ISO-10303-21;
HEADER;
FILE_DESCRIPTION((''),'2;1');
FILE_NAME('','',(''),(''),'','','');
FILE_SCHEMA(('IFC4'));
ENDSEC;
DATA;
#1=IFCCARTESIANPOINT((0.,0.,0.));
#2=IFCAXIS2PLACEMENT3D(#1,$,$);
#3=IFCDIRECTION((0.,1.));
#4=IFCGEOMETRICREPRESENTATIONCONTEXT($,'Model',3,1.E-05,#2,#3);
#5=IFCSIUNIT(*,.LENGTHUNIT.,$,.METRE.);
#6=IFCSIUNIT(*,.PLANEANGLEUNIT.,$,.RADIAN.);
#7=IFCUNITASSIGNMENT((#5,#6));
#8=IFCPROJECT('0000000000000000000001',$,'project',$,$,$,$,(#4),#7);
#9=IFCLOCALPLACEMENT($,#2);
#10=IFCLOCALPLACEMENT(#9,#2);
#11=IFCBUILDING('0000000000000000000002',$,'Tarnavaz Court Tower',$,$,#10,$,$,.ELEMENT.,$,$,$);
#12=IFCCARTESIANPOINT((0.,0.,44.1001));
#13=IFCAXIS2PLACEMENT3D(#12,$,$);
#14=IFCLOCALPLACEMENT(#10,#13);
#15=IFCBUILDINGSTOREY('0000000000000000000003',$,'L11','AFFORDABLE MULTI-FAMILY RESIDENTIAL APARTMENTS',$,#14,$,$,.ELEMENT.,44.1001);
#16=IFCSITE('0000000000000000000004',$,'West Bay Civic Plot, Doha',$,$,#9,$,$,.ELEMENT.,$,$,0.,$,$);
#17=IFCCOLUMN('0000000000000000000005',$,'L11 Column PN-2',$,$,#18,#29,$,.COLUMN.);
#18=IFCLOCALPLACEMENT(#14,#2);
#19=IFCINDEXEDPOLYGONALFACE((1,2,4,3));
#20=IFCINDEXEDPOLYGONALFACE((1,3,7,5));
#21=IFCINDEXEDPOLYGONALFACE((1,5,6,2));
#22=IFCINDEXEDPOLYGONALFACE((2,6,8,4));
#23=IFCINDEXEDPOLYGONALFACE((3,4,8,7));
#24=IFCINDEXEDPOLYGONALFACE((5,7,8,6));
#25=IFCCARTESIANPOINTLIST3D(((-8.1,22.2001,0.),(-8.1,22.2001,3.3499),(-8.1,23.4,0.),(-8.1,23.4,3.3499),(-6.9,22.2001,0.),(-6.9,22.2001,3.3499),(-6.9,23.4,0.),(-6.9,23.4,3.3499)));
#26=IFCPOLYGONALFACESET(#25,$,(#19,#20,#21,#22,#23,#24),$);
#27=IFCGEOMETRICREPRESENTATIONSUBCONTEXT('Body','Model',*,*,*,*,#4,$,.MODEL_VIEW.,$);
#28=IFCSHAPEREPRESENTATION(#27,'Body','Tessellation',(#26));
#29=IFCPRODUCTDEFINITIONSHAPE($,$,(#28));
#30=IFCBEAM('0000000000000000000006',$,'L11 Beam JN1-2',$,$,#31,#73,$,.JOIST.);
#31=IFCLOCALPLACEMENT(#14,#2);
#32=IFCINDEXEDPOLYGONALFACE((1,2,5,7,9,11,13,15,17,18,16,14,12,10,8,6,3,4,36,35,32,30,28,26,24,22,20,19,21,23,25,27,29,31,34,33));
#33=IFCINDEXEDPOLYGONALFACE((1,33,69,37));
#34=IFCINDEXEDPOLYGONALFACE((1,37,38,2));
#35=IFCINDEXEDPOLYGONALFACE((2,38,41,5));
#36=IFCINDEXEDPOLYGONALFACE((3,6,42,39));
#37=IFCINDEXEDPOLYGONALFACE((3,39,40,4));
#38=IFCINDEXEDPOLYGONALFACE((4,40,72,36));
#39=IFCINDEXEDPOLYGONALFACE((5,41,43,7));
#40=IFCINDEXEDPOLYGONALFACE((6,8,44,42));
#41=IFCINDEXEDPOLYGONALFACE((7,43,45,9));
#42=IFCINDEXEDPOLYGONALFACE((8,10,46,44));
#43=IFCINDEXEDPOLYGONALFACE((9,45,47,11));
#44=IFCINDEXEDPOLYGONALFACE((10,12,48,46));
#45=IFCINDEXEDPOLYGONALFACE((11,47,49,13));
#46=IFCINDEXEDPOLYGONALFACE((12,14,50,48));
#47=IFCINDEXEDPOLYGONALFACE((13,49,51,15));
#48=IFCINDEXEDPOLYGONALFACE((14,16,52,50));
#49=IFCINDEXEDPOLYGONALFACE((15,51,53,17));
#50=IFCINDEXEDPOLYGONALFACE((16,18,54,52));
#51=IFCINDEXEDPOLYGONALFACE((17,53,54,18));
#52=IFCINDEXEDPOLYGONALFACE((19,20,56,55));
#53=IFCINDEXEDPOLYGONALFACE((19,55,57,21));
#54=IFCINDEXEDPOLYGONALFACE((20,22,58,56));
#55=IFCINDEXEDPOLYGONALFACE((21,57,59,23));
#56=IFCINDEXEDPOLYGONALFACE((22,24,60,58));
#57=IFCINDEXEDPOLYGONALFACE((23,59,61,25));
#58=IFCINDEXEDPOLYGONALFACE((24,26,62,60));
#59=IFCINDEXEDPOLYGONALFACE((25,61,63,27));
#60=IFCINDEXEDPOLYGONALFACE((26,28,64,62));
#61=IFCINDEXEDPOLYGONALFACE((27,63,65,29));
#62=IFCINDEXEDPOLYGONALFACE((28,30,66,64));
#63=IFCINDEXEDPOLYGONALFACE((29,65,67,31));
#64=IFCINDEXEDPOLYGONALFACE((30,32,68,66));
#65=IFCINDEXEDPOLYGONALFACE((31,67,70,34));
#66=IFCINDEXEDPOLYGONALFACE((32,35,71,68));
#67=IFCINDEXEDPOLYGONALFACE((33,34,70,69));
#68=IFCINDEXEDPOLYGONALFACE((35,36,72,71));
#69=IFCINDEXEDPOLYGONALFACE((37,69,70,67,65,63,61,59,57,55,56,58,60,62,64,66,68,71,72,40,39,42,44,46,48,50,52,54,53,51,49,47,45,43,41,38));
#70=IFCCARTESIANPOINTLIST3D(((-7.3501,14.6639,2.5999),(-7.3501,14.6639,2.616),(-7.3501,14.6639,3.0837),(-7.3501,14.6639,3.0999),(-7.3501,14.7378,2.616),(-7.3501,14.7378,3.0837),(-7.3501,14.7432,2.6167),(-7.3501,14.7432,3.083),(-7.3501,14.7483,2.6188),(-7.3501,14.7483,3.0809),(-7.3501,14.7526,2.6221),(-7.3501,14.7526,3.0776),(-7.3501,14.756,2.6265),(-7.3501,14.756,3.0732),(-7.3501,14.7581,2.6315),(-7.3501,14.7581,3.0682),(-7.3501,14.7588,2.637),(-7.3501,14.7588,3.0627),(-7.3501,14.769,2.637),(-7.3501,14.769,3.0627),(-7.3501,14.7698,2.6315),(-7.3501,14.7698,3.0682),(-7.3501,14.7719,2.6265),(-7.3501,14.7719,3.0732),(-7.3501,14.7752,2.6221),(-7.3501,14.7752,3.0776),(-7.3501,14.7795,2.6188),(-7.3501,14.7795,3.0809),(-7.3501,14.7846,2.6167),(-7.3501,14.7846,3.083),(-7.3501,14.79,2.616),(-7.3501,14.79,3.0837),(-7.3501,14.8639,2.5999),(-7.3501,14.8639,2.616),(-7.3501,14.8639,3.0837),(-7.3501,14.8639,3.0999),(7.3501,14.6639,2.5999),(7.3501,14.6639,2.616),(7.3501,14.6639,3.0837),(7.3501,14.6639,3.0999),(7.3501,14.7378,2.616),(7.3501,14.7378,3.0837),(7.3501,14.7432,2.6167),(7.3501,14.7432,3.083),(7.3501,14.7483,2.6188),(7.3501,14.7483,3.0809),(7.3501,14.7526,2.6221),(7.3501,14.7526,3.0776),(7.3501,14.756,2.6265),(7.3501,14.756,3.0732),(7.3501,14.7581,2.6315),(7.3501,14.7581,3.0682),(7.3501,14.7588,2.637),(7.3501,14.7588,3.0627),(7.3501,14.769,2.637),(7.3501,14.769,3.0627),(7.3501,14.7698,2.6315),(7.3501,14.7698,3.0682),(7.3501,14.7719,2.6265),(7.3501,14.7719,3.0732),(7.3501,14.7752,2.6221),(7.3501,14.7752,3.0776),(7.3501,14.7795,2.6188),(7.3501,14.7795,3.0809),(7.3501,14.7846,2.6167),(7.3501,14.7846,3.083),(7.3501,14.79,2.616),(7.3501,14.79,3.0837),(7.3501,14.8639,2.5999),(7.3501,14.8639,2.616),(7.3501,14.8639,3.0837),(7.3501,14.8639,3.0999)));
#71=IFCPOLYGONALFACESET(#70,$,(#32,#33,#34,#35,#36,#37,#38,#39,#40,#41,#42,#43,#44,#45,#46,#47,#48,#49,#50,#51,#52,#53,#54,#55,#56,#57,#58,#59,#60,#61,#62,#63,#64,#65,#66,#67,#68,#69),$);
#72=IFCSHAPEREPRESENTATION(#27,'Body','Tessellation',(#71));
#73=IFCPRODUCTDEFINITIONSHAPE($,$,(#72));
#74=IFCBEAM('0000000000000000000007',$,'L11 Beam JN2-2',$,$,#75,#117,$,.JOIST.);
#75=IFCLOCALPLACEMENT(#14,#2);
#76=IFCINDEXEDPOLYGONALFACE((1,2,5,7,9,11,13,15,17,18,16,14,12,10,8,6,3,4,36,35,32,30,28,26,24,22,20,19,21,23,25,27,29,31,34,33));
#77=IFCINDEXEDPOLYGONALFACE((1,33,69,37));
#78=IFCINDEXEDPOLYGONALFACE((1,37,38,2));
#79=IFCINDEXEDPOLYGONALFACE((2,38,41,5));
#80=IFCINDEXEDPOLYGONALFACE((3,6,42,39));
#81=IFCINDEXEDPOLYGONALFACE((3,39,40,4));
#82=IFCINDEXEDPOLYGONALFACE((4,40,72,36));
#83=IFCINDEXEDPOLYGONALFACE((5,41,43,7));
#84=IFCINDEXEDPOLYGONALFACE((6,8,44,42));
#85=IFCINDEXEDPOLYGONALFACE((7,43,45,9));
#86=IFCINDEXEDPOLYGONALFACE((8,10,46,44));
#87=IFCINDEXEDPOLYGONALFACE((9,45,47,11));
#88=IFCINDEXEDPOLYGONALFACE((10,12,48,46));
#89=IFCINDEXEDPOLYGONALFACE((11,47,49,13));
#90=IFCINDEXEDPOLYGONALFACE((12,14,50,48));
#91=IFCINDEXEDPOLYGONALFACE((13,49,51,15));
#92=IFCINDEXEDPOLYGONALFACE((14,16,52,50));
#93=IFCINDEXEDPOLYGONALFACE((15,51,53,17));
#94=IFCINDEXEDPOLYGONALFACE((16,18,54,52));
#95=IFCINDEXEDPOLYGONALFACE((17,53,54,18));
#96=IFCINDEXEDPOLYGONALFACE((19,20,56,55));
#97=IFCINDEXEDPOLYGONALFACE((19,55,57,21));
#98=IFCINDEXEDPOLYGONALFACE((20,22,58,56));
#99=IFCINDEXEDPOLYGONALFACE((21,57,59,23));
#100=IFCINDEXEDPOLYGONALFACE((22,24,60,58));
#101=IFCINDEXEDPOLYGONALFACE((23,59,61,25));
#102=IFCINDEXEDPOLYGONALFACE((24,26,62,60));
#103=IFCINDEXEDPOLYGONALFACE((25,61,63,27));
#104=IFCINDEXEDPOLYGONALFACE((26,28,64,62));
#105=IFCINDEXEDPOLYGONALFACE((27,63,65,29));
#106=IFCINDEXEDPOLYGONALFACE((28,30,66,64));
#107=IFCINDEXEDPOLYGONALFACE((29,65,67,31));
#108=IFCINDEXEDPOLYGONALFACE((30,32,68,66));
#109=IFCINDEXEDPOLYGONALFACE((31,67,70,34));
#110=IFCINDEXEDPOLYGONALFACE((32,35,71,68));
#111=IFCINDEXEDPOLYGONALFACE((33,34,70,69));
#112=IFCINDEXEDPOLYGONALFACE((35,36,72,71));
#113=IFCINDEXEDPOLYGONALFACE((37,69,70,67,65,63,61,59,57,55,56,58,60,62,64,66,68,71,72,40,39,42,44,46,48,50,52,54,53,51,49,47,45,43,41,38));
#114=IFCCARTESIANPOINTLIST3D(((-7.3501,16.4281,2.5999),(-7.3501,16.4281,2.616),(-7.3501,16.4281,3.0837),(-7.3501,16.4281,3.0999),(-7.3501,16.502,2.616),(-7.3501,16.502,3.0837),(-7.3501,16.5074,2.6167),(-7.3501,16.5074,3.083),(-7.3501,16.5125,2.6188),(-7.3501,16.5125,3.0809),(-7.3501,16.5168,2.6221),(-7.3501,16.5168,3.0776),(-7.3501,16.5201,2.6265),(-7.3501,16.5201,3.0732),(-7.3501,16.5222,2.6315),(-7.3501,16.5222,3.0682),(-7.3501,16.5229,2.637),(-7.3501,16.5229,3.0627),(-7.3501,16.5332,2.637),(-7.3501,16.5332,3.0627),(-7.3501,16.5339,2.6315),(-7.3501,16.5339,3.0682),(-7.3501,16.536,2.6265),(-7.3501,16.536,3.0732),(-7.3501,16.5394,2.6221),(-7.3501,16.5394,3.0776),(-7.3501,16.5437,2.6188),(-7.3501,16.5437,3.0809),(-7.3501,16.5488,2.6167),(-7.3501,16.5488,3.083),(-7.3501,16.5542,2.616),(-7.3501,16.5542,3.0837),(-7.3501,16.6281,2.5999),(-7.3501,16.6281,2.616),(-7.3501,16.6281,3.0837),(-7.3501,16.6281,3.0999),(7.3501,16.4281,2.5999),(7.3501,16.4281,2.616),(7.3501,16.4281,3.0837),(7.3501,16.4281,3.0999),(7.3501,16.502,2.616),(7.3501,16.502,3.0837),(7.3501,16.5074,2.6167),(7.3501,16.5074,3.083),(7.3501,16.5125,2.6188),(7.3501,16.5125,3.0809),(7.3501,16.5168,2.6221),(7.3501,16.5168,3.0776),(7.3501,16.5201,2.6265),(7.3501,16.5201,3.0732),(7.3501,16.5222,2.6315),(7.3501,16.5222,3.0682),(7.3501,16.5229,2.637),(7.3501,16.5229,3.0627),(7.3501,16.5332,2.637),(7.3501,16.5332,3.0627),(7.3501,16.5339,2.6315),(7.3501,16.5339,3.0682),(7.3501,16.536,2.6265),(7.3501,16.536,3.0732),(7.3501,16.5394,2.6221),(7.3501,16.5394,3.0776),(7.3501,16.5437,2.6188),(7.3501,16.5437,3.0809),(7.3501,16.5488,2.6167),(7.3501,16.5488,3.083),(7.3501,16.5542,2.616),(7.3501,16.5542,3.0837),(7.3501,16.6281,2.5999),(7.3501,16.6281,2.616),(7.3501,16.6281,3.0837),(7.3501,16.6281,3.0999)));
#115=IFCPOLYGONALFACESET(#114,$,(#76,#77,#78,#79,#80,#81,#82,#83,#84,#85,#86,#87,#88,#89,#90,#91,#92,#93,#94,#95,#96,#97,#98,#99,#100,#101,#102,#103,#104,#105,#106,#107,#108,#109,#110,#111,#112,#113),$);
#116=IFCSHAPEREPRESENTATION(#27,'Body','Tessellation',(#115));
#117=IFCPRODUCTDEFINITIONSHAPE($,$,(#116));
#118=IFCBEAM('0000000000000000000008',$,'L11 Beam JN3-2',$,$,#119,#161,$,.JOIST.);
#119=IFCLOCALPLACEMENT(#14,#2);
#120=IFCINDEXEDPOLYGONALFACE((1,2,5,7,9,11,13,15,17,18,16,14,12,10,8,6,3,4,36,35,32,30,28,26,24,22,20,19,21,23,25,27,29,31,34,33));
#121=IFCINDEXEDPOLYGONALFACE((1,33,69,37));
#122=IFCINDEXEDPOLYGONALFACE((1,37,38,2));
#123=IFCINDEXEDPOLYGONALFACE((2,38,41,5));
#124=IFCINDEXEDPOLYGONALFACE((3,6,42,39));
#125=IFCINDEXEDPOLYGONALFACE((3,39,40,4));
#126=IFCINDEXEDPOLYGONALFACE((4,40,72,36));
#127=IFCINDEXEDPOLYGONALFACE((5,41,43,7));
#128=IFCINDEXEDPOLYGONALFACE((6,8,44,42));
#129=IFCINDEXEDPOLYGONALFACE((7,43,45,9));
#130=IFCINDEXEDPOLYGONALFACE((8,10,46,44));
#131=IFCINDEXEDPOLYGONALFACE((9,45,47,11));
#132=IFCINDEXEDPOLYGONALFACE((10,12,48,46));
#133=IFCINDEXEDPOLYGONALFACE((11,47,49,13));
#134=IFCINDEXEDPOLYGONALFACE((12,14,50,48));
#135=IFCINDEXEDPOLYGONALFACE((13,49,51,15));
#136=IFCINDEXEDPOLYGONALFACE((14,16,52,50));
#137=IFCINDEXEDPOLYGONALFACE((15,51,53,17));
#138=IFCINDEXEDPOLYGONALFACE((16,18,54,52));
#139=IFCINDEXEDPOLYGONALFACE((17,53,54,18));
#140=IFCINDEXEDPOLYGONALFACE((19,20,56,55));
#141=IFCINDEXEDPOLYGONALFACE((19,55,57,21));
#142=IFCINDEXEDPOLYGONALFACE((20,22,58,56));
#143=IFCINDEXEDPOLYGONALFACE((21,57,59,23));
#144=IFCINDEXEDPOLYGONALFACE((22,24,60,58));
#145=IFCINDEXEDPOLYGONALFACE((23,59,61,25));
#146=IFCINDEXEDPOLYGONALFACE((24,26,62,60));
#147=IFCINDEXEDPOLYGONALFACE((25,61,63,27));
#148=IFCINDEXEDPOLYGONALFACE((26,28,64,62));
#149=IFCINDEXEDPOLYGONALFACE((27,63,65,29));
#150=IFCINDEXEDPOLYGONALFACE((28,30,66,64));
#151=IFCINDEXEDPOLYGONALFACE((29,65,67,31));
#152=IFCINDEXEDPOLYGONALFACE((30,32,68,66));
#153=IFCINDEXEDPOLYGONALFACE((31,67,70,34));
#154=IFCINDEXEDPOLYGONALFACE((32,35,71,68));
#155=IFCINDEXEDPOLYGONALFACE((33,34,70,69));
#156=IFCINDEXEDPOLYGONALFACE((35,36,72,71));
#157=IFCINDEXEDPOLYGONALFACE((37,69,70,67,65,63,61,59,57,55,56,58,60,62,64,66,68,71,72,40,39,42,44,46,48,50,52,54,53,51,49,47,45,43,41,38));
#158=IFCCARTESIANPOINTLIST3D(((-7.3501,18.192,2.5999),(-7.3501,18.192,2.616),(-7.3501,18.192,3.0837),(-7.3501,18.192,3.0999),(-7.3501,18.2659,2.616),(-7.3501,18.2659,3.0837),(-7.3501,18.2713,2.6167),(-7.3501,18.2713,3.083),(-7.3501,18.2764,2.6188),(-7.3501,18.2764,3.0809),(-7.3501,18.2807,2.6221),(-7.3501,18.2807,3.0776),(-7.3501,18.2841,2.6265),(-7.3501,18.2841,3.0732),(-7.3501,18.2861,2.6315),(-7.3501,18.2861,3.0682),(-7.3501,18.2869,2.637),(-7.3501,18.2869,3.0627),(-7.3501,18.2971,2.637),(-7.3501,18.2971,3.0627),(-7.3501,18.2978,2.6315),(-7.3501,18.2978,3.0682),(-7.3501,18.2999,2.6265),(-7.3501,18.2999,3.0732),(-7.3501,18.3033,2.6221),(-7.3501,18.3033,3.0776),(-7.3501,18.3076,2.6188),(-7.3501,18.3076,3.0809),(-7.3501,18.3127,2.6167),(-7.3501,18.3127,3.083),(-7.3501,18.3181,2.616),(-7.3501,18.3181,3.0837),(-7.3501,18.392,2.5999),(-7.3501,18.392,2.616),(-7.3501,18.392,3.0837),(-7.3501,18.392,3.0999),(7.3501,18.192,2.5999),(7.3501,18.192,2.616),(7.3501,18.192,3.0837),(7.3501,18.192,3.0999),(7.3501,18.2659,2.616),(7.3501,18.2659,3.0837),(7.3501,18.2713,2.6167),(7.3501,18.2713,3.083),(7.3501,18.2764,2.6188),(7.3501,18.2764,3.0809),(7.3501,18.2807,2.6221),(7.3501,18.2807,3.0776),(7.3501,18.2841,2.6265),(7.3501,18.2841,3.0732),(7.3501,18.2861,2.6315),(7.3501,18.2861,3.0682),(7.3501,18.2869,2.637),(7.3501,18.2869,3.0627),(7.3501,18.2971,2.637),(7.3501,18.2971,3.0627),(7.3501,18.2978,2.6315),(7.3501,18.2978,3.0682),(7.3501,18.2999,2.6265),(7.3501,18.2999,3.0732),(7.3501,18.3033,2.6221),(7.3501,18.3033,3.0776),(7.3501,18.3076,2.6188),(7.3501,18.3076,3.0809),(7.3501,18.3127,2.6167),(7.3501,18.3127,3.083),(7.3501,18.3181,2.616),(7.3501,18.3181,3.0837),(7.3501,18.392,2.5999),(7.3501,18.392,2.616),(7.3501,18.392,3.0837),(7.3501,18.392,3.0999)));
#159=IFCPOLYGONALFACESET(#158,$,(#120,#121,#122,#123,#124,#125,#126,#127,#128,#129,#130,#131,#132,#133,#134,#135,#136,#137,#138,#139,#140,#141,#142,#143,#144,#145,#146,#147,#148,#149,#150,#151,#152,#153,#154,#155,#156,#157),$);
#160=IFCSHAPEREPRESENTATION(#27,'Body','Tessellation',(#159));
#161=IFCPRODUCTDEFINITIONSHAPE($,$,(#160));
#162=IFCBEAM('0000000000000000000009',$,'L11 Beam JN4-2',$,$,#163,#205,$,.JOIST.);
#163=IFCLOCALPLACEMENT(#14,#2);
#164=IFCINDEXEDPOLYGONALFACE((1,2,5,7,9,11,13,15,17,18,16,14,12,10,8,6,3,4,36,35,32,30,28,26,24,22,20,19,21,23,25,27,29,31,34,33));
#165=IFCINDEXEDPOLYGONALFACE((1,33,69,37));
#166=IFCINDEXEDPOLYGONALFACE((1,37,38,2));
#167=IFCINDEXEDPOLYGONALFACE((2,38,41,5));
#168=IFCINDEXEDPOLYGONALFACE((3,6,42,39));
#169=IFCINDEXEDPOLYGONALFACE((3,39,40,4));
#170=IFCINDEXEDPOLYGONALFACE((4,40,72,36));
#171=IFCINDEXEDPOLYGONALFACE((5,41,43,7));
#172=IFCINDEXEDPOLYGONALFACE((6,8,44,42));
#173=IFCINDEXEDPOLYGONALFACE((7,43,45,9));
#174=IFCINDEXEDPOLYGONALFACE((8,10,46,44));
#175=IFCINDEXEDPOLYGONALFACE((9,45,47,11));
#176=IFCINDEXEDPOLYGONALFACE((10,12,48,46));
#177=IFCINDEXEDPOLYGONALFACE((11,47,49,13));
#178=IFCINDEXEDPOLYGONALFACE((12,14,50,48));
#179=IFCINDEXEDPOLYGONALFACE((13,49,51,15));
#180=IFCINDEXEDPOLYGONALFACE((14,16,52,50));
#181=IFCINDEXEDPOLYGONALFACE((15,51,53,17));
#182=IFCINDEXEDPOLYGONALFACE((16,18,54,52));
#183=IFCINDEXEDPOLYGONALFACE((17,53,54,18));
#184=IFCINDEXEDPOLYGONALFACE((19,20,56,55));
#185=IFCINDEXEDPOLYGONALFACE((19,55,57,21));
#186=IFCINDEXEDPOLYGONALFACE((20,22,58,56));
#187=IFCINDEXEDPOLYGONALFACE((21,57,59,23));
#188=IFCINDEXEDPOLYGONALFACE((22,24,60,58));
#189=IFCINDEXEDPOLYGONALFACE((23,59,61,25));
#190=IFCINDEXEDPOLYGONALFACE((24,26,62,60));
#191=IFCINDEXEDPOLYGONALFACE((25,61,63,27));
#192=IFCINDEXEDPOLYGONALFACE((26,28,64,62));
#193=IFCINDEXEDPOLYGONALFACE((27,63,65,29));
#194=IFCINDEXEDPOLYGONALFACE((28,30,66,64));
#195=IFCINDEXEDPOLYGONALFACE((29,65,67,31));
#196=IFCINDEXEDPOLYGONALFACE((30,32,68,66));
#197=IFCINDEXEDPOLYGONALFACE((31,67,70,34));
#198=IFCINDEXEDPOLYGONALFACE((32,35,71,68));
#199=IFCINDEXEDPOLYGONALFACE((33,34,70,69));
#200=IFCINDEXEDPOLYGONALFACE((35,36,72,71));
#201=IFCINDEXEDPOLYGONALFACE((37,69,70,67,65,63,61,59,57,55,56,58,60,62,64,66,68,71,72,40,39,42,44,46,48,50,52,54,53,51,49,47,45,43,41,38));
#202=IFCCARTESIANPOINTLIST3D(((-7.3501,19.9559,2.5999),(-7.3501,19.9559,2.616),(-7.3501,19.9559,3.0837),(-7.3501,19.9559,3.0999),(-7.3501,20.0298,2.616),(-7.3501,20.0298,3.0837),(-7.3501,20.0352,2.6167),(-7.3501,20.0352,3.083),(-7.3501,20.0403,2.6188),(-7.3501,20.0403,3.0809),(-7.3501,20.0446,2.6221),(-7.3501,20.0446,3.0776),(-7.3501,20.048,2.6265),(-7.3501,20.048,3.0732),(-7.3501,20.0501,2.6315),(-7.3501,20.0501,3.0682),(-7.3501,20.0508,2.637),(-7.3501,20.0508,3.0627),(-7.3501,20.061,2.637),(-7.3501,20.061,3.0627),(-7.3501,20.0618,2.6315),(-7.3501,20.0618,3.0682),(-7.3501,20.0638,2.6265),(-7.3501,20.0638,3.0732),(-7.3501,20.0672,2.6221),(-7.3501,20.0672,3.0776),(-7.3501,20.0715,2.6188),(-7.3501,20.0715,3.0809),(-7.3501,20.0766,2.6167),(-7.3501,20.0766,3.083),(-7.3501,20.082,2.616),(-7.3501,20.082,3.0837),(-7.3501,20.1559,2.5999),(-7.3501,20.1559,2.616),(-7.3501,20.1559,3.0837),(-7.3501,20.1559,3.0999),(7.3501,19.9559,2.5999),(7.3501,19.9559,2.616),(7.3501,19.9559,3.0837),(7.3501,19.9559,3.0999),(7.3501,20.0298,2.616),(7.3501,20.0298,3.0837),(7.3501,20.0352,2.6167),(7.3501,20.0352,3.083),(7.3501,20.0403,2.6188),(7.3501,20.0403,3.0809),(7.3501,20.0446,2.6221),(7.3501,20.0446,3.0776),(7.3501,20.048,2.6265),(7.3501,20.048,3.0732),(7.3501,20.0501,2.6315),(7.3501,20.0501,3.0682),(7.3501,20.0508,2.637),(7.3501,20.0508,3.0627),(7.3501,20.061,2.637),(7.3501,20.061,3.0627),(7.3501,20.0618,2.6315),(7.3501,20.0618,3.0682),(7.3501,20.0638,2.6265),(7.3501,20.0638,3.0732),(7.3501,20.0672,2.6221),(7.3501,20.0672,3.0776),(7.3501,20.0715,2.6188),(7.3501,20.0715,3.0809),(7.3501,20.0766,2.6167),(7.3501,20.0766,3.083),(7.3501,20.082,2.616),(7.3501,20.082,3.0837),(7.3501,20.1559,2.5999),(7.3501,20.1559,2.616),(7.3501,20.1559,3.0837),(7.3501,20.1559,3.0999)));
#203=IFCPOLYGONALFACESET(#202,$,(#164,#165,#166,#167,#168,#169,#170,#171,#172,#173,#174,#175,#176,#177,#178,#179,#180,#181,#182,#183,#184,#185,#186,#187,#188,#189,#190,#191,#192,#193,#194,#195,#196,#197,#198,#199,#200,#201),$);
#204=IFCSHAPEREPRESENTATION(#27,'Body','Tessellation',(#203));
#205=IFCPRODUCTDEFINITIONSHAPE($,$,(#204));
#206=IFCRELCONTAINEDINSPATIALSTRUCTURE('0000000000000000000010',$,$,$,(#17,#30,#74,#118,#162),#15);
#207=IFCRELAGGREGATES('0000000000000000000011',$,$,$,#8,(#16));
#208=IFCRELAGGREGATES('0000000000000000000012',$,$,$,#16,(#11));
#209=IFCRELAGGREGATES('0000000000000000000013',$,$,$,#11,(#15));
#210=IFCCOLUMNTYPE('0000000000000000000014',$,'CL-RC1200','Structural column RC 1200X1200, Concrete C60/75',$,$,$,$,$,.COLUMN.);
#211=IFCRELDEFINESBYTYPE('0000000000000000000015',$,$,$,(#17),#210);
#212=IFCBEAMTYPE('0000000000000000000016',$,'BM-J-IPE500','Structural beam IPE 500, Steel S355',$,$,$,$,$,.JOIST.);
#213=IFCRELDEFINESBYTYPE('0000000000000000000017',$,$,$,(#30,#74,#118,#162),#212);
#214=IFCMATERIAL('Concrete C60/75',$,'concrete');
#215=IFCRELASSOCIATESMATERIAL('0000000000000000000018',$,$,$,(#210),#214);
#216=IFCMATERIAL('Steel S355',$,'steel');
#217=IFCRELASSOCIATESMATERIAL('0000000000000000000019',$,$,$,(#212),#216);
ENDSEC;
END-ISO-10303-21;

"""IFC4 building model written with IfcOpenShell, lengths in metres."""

from ifc_helpers import new_model, si_unit, direction, frame, origin, origin_2d, place, context, subcontext, project, spatial, rectangle, i_section, extrude, material, material_profile, profile_set, type_object, element, save


model = new_model("IFC4")

# Units and contexts
model_context = context("Model", 3, precision=1e-05, world=origin(), true_north=direction((0.0, 1.0)))
body_context = subcontext(model_context, "Body", "Model", "MODEL_VIEW")
ifc_project = project(units=[si_unit("LENGTHUNIT", "METRE"), si_unit("PLANEANGLEUNIT", "RADIAN")], contexts=[model_context])

# Site, building, storey
site_placement = place(None, origin())
site = spatial("IfcSite", under=ifc_project, at=site_placement, Name="West Bay Civic Plot, Doha", CompositionType="ELEMENT", RefElevation=0.0)
building_placement = place(site_placement, origin())
building = spatial("IfcBuilding", under=site, at=building_placement, Name="Tarnavaz Court Tower", CompositionType="ELEMENT")
storey_placement = place(building_placement, frame((0.0, 0.0, 44.1001)))
storey = spatial("IfcBuildingStorey", under=building, at=storey_placement, Name="L11", Description="AFFORDABLE MULTI-FAMILY RESIDENTIAL APARTMENTS", CompositionType="ELEMENT", Elevation=44.1001)

# Column
ifc_material_1 = material(Name="Concrete C60/75", Category="concrete")
ifc_material_profile_1 = material_profile(ifc_material_1, rectangle(XDim=1.2, YDim=1.2, at=origin_2d()), Name="RC 1200X1200")
ifc_profile_set_1 = profile_set([ifc_material_profile_1], Name="Concrete C60/75")
column_type = type_object("IfcColumnType", Name="CL-RC1200", Description="Structural column RC 1200X1200, Concrete C60/75", PredefinedType="COLUMN", material=ifc_profile_set_1)
column_placement = place(storey_placement, frame((-7.5, 22.8, 0.0), z_axis=(0.0, 0.0, 1.0), x_axis=(1.0, 0.0, 0.0)))
element("IfcColumn", 1, at=column_placement, inside=storey, type_object=column_type, Name="L11 Column PN-2", PredefinedType="COLUMN", context=body_context, shape_type="SweptSolid", body=[
    extrude(rectangle(XDim=1.2, YDim=1.2, at=origin_2d()), origin(), (0.0, 0.0, 1.0), 3.3499),
])

# Beams
ifc_material_2 = material(Name="Steel S355", Category="steel")
ifc_material_profile_2 = material_profile(ifc_material_2, i_section(OverallWidth=0.2, OverallDepth=0.5, WebThickness=0.0103, FlangeThickness=0.0161, FilletRadius=0.021, at=origin_2d()), Name="IPE 500")
ifc_profile_set_2 = profile_set([ifc_material_profile_2], Name="Steel S355")
beam_type_1 = type_object("IfcBeamType", Name="BM-J-IPE500", Description="Structural beam IPE 500, Steel S355", PredefinedType="JOIST", material=ifc_profile_set_2)
for number, where, z_axis, x_axis, name in (
    (2, (-7.3501, 14.7639, 2.8499), (1.0, 0.0, 0.0), (0.0, 1.0, 0.0), "L11 Beam JN1-2"),
    (3, (-7.3501, 16.5281, 2.8499), (1.0, 0.0, 0.0), (0.0, 1.0, 0.0), "L11 Beam JN2-2"),
    (4, (-7.3501, 18.292, 2.8499), (1.0, 0.0, 0.0), (0.0, 1.0, 0.0), "L11 Beam JN3-2"),
    (5, (-7.3501, 20.0559, 2.8499), (1.0, 0.0, 0.0), (0.0, 1.0, 0.0), "L11 Beam JN4-2"),
):
    element("IfcBeam", number, at=place(storey_placement, frame(where, z_axis=z_axis, x_axis=x_axis)), inside=storey, type_object=beam_type_1, Name=name, PredefinedType="JOIST", context=body_context, shape_type="SweptSolid", body=[
        extrude(i_section(OverallWidth=0.2, OverallDepth=0.5, WebThickness=0.0103, FlangeThickness=0.0161, FilletRadius=0.021, at=origin_2d()), origin(), (0.0, 0.0, 1.0), 14.7002),
    ])

save(model, "model.ifc")
